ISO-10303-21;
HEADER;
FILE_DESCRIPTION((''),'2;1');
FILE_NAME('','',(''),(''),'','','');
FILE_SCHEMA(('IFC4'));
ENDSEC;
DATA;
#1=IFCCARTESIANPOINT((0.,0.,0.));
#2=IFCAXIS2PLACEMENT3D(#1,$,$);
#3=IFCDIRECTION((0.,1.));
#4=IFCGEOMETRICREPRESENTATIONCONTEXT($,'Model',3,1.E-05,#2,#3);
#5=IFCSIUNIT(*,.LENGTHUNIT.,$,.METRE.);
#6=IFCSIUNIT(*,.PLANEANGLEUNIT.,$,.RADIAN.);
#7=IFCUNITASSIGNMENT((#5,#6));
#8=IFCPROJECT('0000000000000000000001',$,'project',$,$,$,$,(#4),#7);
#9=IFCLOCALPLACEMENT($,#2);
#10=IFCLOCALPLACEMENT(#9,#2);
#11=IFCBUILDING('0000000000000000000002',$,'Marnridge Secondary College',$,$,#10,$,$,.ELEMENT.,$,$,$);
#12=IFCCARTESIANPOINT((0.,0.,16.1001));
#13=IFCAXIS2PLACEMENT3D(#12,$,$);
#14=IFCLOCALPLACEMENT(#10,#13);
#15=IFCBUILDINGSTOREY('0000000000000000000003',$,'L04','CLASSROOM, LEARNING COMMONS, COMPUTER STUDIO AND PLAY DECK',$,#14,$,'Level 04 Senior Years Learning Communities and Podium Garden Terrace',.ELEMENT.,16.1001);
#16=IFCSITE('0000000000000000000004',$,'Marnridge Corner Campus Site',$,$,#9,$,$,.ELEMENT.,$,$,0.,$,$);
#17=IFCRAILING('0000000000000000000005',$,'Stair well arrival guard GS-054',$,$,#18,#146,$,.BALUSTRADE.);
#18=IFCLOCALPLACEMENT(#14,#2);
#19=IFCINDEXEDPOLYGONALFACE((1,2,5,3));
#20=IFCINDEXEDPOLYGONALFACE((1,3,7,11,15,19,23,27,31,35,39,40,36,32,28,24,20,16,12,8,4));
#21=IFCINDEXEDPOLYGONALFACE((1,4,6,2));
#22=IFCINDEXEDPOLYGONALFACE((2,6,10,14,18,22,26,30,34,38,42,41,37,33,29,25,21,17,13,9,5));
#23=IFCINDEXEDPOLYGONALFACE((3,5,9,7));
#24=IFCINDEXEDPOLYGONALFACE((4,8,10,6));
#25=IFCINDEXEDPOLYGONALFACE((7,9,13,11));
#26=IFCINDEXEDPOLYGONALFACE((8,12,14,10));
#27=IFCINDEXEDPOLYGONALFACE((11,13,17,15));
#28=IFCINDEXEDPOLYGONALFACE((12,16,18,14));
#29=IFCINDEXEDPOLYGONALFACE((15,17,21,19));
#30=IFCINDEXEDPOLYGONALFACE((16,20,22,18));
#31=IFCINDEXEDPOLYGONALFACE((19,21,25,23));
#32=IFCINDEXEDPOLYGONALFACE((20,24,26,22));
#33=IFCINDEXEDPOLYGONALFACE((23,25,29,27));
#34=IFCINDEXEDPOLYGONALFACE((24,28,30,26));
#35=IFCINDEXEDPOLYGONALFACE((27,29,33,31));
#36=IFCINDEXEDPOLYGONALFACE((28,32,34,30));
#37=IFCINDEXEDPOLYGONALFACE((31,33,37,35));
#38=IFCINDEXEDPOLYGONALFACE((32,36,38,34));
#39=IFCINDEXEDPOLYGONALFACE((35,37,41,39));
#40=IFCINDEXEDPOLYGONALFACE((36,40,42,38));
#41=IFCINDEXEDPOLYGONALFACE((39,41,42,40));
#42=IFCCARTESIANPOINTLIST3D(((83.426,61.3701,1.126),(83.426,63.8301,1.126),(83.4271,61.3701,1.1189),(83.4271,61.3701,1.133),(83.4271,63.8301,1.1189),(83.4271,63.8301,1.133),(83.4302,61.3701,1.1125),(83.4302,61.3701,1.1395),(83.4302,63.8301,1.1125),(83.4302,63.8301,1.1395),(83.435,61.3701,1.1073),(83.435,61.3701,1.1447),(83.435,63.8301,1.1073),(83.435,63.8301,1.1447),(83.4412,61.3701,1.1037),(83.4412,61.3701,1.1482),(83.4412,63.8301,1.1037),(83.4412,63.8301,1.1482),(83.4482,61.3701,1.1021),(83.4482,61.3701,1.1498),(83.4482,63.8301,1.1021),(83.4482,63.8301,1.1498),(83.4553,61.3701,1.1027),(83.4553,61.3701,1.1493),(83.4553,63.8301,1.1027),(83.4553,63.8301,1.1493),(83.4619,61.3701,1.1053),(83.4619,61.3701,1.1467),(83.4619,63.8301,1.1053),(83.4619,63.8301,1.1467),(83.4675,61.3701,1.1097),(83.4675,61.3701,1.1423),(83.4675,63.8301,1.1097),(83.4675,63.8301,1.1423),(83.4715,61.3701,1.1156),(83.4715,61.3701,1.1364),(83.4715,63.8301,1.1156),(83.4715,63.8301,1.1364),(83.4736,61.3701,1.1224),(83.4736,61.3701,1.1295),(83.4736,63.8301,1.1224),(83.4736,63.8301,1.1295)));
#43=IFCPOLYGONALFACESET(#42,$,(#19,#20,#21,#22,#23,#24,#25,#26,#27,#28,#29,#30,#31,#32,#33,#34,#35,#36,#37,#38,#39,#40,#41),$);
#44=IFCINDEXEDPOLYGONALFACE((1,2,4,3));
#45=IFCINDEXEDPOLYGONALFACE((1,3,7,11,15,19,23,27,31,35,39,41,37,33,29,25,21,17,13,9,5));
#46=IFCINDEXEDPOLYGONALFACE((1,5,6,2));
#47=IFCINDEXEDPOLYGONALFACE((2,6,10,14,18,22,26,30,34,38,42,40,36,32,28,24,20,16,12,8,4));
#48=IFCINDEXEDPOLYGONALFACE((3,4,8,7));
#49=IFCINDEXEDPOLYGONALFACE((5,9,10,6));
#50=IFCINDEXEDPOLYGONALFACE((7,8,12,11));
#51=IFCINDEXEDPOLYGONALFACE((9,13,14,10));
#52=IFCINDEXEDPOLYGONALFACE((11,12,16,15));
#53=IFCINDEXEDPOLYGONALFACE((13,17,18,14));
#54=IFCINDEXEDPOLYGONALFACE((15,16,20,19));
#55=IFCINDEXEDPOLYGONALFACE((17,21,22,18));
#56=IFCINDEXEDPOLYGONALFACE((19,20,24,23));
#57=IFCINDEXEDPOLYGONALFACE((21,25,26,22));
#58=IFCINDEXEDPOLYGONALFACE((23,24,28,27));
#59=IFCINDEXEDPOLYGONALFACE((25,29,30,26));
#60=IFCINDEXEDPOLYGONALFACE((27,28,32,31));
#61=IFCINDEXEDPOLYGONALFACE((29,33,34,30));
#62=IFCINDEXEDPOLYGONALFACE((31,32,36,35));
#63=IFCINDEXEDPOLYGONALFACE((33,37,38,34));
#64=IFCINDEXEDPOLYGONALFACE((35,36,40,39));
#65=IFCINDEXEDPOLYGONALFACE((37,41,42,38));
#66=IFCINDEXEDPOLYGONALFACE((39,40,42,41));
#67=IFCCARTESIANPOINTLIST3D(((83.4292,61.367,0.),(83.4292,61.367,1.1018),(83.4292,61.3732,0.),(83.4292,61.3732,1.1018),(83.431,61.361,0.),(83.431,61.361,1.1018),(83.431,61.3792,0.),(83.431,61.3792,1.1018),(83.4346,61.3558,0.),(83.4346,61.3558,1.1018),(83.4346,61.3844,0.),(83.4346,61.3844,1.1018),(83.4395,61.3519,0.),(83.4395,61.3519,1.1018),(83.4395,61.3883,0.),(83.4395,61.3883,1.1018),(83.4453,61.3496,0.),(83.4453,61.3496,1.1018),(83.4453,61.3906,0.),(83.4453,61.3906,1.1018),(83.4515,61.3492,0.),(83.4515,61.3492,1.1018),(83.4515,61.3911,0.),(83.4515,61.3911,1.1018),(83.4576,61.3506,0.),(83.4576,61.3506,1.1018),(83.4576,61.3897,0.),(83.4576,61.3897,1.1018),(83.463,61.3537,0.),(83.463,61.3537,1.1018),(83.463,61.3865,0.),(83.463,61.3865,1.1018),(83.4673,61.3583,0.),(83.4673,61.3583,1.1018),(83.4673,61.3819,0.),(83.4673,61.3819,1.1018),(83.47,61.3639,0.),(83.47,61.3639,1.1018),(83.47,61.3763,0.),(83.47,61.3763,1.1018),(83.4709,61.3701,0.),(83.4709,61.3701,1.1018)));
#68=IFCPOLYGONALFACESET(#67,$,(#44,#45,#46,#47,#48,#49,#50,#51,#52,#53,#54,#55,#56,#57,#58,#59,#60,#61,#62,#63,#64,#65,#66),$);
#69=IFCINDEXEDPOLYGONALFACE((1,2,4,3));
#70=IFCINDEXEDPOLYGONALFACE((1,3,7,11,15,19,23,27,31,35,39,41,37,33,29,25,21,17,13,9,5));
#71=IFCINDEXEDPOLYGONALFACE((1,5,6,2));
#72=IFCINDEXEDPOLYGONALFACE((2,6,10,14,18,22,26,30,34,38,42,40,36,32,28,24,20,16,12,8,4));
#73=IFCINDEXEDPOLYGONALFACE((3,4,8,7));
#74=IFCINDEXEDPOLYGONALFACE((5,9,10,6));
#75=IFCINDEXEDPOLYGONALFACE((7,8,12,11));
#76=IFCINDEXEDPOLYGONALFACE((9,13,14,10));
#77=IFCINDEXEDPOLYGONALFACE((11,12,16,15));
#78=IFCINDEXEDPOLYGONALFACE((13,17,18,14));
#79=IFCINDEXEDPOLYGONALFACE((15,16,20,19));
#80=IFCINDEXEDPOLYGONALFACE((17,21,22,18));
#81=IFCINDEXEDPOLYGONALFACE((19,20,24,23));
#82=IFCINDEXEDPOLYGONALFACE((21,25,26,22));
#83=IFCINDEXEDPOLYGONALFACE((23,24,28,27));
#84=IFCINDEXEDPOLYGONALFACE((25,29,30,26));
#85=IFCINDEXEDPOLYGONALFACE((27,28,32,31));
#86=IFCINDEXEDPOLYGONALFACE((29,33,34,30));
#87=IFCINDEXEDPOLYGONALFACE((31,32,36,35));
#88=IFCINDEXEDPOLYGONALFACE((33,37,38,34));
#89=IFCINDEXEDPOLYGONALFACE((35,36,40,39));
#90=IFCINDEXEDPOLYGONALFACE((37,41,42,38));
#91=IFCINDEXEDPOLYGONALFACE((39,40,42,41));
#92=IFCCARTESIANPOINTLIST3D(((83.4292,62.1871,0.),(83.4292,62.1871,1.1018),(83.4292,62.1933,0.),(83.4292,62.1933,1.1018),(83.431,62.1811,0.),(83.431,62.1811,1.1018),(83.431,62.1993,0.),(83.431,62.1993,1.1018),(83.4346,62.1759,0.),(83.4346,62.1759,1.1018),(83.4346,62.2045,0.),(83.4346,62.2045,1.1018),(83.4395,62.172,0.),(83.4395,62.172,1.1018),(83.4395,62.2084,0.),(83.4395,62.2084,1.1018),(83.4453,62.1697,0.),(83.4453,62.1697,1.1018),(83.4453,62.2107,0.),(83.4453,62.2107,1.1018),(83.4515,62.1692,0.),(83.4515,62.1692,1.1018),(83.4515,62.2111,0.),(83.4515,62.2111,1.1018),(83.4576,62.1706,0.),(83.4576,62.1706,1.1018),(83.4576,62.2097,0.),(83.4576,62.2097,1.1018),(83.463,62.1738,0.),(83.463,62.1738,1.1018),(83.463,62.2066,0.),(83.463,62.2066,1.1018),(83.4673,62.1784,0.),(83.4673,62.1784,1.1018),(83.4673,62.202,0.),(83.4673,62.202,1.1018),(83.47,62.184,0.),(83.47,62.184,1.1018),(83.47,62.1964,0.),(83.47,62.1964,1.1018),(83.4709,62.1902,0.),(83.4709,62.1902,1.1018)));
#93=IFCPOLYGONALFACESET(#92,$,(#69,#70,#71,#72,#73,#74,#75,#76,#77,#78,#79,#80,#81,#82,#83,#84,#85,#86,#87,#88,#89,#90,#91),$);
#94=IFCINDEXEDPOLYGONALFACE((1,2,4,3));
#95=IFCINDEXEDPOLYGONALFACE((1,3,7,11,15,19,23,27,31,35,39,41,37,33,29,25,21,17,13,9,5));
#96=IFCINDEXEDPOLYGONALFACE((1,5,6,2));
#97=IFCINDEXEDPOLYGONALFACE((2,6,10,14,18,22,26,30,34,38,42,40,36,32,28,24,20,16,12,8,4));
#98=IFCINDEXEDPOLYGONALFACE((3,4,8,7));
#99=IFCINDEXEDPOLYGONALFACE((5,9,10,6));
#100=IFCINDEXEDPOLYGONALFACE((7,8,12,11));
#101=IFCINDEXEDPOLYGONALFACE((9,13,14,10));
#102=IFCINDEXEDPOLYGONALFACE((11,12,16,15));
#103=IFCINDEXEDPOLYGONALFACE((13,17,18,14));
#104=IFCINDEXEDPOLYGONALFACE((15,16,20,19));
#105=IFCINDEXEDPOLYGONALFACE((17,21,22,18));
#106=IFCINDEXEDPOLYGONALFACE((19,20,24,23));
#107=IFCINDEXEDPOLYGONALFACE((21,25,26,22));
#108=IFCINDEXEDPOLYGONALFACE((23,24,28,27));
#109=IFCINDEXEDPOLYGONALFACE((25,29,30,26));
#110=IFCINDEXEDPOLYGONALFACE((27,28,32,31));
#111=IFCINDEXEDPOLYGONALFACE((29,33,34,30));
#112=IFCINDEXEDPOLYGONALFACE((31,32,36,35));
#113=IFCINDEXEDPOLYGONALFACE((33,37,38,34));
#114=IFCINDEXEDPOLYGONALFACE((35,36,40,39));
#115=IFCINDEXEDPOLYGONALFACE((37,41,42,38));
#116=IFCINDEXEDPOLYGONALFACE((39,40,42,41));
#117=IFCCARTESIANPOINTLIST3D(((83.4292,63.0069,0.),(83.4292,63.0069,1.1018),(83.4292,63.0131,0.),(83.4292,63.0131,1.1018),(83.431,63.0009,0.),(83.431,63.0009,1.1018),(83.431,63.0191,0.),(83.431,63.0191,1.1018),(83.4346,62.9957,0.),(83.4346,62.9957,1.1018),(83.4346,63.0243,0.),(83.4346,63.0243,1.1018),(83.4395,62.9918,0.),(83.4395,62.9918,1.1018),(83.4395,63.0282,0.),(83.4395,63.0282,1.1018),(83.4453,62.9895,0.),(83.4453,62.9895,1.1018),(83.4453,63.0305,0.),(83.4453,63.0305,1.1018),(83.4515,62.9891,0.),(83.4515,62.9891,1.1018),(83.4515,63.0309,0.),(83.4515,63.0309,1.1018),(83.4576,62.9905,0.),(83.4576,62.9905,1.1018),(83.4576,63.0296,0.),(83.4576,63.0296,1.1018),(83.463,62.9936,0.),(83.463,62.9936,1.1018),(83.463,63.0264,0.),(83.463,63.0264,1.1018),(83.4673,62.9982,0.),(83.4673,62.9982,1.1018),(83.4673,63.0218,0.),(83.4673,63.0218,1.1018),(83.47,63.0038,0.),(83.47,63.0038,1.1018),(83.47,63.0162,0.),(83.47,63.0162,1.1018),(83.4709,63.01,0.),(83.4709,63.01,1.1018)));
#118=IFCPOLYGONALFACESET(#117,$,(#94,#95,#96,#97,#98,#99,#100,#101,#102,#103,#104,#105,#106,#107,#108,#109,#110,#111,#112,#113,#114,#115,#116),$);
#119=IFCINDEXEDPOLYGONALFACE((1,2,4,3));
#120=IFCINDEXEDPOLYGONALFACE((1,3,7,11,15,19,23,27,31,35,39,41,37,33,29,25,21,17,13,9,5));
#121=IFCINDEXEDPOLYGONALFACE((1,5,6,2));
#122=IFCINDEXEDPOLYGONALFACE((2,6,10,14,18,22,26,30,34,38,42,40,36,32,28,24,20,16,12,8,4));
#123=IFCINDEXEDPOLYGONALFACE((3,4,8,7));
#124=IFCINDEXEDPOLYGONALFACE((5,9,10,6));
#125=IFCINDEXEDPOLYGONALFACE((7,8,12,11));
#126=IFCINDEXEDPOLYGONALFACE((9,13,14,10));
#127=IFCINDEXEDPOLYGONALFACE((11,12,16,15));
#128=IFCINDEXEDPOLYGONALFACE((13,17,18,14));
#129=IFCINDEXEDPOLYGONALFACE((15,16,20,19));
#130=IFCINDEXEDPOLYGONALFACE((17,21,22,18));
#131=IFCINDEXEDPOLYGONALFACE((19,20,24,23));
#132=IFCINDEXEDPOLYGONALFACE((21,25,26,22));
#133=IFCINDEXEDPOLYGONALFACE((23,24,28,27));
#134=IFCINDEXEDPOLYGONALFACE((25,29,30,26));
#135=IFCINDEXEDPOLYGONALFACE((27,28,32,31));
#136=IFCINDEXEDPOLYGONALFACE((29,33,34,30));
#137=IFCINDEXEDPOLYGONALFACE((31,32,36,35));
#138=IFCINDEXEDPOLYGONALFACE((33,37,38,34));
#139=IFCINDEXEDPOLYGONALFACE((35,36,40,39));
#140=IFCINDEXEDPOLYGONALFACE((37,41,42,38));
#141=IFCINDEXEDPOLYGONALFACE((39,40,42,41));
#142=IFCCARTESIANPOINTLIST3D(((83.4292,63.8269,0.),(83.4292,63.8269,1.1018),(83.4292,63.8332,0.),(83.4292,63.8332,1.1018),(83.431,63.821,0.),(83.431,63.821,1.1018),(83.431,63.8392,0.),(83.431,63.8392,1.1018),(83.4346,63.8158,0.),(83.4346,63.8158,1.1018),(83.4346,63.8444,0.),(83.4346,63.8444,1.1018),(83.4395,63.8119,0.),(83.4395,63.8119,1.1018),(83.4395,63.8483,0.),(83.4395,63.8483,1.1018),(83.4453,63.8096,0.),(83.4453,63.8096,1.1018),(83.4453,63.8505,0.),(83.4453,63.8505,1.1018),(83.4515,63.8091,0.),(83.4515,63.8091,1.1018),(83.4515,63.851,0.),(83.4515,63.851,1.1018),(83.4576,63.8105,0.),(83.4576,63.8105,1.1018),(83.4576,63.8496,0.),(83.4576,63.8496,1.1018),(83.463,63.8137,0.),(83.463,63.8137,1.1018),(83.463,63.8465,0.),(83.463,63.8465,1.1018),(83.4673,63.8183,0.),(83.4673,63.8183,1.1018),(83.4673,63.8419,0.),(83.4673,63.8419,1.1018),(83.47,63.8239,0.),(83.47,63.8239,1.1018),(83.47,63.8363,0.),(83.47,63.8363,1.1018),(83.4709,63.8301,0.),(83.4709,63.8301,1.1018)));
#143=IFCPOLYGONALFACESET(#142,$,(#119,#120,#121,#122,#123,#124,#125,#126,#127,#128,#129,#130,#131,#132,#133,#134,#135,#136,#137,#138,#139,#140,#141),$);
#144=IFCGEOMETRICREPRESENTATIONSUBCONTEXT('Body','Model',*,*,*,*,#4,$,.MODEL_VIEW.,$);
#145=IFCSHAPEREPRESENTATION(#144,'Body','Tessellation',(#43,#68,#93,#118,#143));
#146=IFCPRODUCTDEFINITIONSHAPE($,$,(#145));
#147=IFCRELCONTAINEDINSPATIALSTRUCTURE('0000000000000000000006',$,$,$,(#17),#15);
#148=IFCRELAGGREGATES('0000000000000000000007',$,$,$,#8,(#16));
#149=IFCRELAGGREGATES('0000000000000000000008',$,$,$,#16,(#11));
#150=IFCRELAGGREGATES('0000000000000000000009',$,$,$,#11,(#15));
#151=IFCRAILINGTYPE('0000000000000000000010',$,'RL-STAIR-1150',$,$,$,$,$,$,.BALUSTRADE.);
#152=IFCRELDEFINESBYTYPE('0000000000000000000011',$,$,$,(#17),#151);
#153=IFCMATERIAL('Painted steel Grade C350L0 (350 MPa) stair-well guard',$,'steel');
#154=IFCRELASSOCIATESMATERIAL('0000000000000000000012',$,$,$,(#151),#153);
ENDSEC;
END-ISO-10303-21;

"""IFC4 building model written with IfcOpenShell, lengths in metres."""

from ifc_helpers import new_model, si_unit, direction, frame, origin, origin_2d, place, context, subcontext, project, spatial, circle, extrude, material, type_object, element, save


model = new_model("IFC4")

# Units and contexts
model_context = context("Model", 3, precision=1e-05, world=origin(), true_north=direction((0.0, 1.0)))
body_context = subcontext(model_context, "Body", "Model", "MODEL_VIEW")
ifc_project = project(units=[si_unit("LENGTHUNIT", "METRE"), si_unit("PLANEANGLEUNIT", "RADIAN")], contexts=[model_context])

# Site, building, storey
site_placement = place(None, origin())
site = spatial("IfcSite", under=ifc_project, at=site_placement, Name="Marnridge Corner Campus Site", CompositionType="ELEMENT", RefElevation=0.0)
building_placement = place(site_placement, origin())
building = spatial("IfcBuilding", under=site, at=building_placement, Name="Marnridge Secondary College", CompositionType="ELEMENT")
storey_placement = place(building_placement, frame((0.0, 0.0, 16.1001)))
storey = spatial("IfcBuildingStorey", under=building, at=storey_placement, Name="L04", Description="CLASSROOM, LEARNING COMMONS, COMPUTER STUDIO AND PLAY DECK", LongName="Level 04 Senior Years Learning Communities and Podium Garden Terrace", CompositionType="ELEMENT", Elevation=16.1001)

# Railing
ifc_material_1 = material(Name="Painted steel Grade C350L0 (350 MPa) stair-well guard", Category="steel")
railing_type_1 = type_object("IfcRailingType", Name="RL-STAIR-1150", PredefinedType="BALUSTRADE", material=ifc_material_1)
railing_1_placement = place(storey_placement, frame((83.45, 61.3701, 0.0)))
element("IfcRailing", 1, at=railing_1_placement, inside=storey, type_object=railing_type_1, Name="Stair well arrival guard GS-054", PredefinedType="BALUSTRADE", context=body_context, shape_type="SweptSolid", body=[
    extrude(circle(Radius=0.0239, at=origin_2d()), frame((0.0, 0.0, 1.126), z_axis=(0.0, 1.0, 0.0), x_axis=(-1.0, 0.0, 0.0)), (0.0, 0.0, 1.0), 2.46),
    extrude(circle(Radius=0.021, at=origin_2d()), origin(), (0.0, 0.0, 1.0), 1.1018),
    extrude(circle(Radius=0.021, at=origin_2d()), frame((0.0, 0.8201, 0.0)), (0.0, 0.0, 1.0), 1.1018),
    extrude(circle(Radius=0.021, at=origin_2d()), frame((0.0, 1.6399, 0.0)), (0.0, 0.0, 1.0), 1.1018),
    extrude(circle(Radius=0.021, at=origin_2d()), frame((0.0, 2.46, 0.0)), (0.0, 0.0, 1.0), 1.1018),
])

save(model, "model.ifc")
